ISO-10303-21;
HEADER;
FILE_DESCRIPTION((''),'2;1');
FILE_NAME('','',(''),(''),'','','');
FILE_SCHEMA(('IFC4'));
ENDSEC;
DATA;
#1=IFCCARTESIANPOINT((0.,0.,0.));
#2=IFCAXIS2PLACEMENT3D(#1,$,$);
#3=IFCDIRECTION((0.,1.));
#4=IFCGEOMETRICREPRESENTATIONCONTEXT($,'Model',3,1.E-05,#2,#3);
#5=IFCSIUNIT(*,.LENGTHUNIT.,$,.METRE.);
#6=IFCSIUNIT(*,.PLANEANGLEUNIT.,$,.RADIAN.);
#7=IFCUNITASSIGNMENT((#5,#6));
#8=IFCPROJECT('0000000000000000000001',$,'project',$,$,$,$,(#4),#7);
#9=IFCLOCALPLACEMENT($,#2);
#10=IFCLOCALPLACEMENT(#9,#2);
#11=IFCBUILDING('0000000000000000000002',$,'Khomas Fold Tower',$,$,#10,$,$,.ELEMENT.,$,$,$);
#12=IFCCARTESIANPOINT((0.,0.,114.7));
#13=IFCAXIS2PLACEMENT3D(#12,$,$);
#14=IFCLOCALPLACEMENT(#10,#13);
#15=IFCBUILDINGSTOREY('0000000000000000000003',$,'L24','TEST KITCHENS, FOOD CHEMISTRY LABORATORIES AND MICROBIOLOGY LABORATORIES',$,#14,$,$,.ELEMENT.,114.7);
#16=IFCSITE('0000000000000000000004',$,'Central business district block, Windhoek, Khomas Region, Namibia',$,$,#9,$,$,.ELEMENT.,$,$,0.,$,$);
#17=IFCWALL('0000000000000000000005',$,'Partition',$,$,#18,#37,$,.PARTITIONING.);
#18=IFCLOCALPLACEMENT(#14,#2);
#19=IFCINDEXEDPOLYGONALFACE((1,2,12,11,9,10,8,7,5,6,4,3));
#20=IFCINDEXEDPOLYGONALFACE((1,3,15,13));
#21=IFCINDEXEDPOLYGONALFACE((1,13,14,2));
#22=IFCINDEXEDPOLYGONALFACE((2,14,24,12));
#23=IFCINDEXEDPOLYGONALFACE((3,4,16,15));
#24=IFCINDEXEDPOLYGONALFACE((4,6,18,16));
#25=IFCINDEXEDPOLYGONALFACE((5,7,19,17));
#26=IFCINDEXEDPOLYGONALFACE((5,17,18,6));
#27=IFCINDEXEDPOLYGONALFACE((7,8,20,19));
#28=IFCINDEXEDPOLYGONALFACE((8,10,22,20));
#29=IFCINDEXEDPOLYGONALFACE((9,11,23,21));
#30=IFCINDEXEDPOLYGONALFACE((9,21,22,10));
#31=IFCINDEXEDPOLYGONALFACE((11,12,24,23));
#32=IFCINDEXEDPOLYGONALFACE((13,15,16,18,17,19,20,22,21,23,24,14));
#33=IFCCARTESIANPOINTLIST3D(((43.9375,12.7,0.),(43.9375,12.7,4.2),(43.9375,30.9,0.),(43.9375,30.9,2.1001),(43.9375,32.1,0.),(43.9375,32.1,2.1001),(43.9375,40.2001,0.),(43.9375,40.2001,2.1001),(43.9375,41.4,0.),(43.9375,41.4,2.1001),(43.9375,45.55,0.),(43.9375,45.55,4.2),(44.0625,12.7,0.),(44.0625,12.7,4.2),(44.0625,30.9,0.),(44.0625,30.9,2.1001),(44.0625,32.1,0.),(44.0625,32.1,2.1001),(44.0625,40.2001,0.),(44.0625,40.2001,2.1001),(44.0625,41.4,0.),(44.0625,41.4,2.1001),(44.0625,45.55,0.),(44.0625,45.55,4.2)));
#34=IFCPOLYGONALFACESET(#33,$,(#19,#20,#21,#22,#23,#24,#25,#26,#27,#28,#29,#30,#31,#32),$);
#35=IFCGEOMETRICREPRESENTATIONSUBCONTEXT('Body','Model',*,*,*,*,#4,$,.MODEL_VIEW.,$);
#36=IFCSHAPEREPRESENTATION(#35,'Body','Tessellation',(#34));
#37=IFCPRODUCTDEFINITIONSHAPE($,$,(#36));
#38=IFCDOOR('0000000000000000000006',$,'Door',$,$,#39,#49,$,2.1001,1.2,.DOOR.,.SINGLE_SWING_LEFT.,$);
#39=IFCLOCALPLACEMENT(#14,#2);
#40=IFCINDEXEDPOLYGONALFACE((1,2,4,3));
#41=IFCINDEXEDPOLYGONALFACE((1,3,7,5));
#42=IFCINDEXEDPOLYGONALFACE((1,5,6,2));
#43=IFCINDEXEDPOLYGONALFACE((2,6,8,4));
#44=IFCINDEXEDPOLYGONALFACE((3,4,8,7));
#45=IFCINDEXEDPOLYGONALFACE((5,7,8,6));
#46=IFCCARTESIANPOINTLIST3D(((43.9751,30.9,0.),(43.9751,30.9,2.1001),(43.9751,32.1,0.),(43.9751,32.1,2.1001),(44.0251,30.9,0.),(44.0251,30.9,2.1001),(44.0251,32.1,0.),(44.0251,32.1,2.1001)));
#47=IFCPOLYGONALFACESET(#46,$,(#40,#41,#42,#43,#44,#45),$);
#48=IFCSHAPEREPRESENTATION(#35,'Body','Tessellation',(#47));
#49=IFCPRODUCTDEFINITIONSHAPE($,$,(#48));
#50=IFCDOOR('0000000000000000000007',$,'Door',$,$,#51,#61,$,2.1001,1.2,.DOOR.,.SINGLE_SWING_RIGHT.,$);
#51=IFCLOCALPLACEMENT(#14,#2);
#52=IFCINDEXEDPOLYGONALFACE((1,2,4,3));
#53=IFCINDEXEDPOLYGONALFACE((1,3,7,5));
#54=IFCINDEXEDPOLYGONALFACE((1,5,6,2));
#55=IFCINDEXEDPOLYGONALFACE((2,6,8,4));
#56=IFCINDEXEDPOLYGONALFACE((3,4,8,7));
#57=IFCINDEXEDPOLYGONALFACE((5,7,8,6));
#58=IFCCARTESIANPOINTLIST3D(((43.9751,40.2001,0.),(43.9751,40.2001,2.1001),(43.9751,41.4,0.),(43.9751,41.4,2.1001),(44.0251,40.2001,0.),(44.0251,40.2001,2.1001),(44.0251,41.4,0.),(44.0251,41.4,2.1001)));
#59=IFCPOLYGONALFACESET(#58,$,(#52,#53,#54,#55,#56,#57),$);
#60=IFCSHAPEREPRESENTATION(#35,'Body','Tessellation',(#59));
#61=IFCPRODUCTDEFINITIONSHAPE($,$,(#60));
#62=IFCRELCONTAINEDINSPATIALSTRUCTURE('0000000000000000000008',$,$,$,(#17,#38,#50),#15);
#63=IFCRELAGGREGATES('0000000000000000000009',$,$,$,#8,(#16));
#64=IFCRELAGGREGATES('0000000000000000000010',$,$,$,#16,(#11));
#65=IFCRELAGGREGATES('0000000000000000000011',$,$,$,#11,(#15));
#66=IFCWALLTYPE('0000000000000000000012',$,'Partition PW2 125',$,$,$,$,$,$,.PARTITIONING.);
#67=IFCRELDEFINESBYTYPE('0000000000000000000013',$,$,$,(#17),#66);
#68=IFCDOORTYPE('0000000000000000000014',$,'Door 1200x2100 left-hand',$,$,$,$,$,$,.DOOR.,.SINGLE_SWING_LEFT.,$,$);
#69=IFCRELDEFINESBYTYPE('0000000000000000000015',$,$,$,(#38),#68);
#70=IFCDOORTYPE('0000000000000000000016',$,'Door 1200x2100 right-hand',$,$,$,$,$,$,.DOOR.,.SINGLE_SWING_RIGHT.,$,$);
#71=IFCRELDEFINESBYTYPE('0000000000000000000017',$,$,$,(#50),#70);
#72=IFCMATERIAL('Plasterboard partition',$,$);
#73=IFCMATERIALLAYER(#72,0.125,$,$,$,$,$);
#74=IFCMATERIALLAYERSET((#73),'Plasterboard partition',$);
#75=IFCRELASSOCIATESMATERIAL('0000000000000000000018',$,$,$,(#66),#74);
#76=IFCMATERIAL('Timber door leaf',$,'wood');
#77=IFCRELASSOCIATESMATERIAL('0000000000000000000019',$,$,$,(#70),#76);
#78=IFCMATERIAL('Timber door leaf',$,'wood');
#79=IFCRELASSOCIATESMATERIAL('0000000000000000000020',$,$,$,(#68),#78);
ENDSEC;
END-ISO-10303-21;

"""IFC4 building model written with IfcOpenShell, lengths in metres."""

from ifc_helpers import new_model, si_unit, direction, frame, frame_2d, origin, place, context, subcontext, project, spatial, rectangle, extrude, source, transform, mapped, material, layer, layer_set, type_object, element, fill, save


model = new_model("IFC4")

# Units and contexts
model_context = context("Model", 3, precision=1e-05, world=origin(), true_north=direction((0.0, 1.0)))
body_context = subcontext(model_context, "Body", "Model", "MODEL_VIEW")
ifc_project = project(units=[si_unit("LENGTHUNIT", "METRE"), si_unit("PLANEANGLEUNIT", "RADIAN")], contexts=[model_context])

# Site, building, storey
site_placement = place(None, origin())
site = spatial("IfcSite", under=ifc_project, at=site_placement, Name="Central business district block, Windhoek, Khomas Region, Namibia", CompositionType="ELEMENT", RefElevation=0.0)
building_placement = place(site_placement, origin())
building = spatial("IfcBuilding", under=site, at=building_placement, Name="Khomas Fold Tower", CompositionType="ELEMENT")
storey_placement = place(building_placement, frame((0.0, 0.0, 114.7)))
storey = spatial("IfcBuildingStorey", under=building, at=storey_placement, Name="L24", Description="TEST KITCHENS, FOOD CHEMISTRY LABORATORIES AND MICROBIOLOGY LABORATORIES", CompositionType="ELEMENT", Elevation=114.7)

# Wall, openings, doors
ifc_material_1 = material(Name="Plasterboard partition")
ifc_layer_1 = layer(ifc_material_1, 0.125)
ifc_layer_set_1 = layer_set([ifc_layer_1], Name="Plasterboard partition")
wall_type_1 = type_object("IfcWallType", Name="Partition PW2 125", PredefinedType="PARTITIONING", material=ifc_layer_set_1)
shared_shape_1 = source(origin(), body_context, "Body", "SweptSolid", [
    extrude(rectangle(XDim=1.2, YDim=2.1001, at=frame_2d((0.6001, 1.05))), frame((0.0, 0.0725, 0.0), z_axis=(0.0, -1.0, 0.0), x_axis=(1.0, 0.0, 0.0)), (0.0, 0.0, 1.0), 0.145),
])
ifc_material_2 = material(Name="Timber door leaf", Category="wood")
door_type_1 = type_object("IfcDoorType", Name="Door 1200x2100 right-hand", OperationType="SINGLE_SWING_RIGHT", PredefinedType="DOOR", material=ifc_material_2)
shared_shape_2 = source(origin(), body_context, "Body", "SweptSolid", [
    extrude(rectangle(XDim=1.2, YDim=2.1001, at=frame_2d((0.6001, 1.05))), frame((0.0, 0.0249, 0.0), z_axis=(0.0, -1.0, 0.0), x_axis=(1.0, 0.0, 0.0)), (0.0, 0.0, 1.0), 0.05),
])
shared_shape_3 = source(origin(), body_context, "Body", "SweptSolid", [
    extrude(rectangle(XDim=32.8501, YDim=0.125, at=frame_2d((16.425, 0.0))), origin(), (0.0, 0.0, 1.0), 4.2),
])
wall_1_placement = place(storey_placement, frame((44.0, 12.7, 0.0), z_axis=(0.0, 0.0, 1.0), x_axis=(0.0, 1.0, 0.0)))
wall_1 = element("IfcWall", 1, at=wall_1_placement, inside=storey, type_object=wall_type_1, Name="Partition", PredefinedType="PARTITIONING", context=body_context, shape_type="MappedRepresentation", body=[
    mapped(shared_shape_3, transform((0.0, 0.0, 0.0))),
])
opening_1_placement = place(wall_1_placement, frame((18.2, 0.0, 0.0)))
opening_1 = element("IfcOpeningElement", 2, at=opening_1_placement, cuts=wall_1, PredefinedType="OPENING", context=body_context, shape_type="MappedRepresentation", body=[
    mapped(shared_shape_1, transform((0.0, 0.0, 0.0))),
])
opening_2_placement = place(wall_1_placement, frame((27.5, 0.0, 0.0)))
opening_2 = element("IfcOpeningElement", 3, at=opening_2_placement, cuts=wall_1, PredefinedType="OPENING", context=body_context, shape_type="MappedRepresentation", body=[
    mapped(shared_shape_1, transform((0.0, 0.0, 0.0))),
])
ifc_material_3 = material(Name="Timber door leaf", Category="wood")
door_type_2 = type_object("IfcDoorType", Name="Door 1200x2100 left-hand", OperationType="SINGLE_SWING_LEFT", PredefinedType="DOOR", material=ifc_material_3)
door_1_placement = place(opening_1_placement, origin())
door_1 = element("IfcDoor", 4, at=door_1_placement, inside=storey, type_object=door_type_2, Name="Door", OperationType="SINGLE_SWING_LEFT", OverallHeight=2.1001, OverallWidth=1.2, PredefinedType="DOOR", context=body_context, shape_type="MappedRepresentation", body=[
    mapped(shared_shape_2, transform((0.0, 0.0, 0.0))),
])
fill(opening_1, door_1)
door_2_placement = place(opening_2_placement, origin())
door_2 = element("IfcDoor", 5, at=door_2_placement, inside=storey, type_object=door_type_1, Name="Door", OperationType="SINGLE_SWING_RIGHT", OverallHeight=2.1001, OverallWidth=1.2, PredefinedType="DOOR", context=body_context, shape_type="MappedRepresentation", body=[
    mapped(shared_shape_2, transform((0.0, 0.0, 0.0))),
])
fill(opening_2, door_2)

save(model, "model.ifc")
